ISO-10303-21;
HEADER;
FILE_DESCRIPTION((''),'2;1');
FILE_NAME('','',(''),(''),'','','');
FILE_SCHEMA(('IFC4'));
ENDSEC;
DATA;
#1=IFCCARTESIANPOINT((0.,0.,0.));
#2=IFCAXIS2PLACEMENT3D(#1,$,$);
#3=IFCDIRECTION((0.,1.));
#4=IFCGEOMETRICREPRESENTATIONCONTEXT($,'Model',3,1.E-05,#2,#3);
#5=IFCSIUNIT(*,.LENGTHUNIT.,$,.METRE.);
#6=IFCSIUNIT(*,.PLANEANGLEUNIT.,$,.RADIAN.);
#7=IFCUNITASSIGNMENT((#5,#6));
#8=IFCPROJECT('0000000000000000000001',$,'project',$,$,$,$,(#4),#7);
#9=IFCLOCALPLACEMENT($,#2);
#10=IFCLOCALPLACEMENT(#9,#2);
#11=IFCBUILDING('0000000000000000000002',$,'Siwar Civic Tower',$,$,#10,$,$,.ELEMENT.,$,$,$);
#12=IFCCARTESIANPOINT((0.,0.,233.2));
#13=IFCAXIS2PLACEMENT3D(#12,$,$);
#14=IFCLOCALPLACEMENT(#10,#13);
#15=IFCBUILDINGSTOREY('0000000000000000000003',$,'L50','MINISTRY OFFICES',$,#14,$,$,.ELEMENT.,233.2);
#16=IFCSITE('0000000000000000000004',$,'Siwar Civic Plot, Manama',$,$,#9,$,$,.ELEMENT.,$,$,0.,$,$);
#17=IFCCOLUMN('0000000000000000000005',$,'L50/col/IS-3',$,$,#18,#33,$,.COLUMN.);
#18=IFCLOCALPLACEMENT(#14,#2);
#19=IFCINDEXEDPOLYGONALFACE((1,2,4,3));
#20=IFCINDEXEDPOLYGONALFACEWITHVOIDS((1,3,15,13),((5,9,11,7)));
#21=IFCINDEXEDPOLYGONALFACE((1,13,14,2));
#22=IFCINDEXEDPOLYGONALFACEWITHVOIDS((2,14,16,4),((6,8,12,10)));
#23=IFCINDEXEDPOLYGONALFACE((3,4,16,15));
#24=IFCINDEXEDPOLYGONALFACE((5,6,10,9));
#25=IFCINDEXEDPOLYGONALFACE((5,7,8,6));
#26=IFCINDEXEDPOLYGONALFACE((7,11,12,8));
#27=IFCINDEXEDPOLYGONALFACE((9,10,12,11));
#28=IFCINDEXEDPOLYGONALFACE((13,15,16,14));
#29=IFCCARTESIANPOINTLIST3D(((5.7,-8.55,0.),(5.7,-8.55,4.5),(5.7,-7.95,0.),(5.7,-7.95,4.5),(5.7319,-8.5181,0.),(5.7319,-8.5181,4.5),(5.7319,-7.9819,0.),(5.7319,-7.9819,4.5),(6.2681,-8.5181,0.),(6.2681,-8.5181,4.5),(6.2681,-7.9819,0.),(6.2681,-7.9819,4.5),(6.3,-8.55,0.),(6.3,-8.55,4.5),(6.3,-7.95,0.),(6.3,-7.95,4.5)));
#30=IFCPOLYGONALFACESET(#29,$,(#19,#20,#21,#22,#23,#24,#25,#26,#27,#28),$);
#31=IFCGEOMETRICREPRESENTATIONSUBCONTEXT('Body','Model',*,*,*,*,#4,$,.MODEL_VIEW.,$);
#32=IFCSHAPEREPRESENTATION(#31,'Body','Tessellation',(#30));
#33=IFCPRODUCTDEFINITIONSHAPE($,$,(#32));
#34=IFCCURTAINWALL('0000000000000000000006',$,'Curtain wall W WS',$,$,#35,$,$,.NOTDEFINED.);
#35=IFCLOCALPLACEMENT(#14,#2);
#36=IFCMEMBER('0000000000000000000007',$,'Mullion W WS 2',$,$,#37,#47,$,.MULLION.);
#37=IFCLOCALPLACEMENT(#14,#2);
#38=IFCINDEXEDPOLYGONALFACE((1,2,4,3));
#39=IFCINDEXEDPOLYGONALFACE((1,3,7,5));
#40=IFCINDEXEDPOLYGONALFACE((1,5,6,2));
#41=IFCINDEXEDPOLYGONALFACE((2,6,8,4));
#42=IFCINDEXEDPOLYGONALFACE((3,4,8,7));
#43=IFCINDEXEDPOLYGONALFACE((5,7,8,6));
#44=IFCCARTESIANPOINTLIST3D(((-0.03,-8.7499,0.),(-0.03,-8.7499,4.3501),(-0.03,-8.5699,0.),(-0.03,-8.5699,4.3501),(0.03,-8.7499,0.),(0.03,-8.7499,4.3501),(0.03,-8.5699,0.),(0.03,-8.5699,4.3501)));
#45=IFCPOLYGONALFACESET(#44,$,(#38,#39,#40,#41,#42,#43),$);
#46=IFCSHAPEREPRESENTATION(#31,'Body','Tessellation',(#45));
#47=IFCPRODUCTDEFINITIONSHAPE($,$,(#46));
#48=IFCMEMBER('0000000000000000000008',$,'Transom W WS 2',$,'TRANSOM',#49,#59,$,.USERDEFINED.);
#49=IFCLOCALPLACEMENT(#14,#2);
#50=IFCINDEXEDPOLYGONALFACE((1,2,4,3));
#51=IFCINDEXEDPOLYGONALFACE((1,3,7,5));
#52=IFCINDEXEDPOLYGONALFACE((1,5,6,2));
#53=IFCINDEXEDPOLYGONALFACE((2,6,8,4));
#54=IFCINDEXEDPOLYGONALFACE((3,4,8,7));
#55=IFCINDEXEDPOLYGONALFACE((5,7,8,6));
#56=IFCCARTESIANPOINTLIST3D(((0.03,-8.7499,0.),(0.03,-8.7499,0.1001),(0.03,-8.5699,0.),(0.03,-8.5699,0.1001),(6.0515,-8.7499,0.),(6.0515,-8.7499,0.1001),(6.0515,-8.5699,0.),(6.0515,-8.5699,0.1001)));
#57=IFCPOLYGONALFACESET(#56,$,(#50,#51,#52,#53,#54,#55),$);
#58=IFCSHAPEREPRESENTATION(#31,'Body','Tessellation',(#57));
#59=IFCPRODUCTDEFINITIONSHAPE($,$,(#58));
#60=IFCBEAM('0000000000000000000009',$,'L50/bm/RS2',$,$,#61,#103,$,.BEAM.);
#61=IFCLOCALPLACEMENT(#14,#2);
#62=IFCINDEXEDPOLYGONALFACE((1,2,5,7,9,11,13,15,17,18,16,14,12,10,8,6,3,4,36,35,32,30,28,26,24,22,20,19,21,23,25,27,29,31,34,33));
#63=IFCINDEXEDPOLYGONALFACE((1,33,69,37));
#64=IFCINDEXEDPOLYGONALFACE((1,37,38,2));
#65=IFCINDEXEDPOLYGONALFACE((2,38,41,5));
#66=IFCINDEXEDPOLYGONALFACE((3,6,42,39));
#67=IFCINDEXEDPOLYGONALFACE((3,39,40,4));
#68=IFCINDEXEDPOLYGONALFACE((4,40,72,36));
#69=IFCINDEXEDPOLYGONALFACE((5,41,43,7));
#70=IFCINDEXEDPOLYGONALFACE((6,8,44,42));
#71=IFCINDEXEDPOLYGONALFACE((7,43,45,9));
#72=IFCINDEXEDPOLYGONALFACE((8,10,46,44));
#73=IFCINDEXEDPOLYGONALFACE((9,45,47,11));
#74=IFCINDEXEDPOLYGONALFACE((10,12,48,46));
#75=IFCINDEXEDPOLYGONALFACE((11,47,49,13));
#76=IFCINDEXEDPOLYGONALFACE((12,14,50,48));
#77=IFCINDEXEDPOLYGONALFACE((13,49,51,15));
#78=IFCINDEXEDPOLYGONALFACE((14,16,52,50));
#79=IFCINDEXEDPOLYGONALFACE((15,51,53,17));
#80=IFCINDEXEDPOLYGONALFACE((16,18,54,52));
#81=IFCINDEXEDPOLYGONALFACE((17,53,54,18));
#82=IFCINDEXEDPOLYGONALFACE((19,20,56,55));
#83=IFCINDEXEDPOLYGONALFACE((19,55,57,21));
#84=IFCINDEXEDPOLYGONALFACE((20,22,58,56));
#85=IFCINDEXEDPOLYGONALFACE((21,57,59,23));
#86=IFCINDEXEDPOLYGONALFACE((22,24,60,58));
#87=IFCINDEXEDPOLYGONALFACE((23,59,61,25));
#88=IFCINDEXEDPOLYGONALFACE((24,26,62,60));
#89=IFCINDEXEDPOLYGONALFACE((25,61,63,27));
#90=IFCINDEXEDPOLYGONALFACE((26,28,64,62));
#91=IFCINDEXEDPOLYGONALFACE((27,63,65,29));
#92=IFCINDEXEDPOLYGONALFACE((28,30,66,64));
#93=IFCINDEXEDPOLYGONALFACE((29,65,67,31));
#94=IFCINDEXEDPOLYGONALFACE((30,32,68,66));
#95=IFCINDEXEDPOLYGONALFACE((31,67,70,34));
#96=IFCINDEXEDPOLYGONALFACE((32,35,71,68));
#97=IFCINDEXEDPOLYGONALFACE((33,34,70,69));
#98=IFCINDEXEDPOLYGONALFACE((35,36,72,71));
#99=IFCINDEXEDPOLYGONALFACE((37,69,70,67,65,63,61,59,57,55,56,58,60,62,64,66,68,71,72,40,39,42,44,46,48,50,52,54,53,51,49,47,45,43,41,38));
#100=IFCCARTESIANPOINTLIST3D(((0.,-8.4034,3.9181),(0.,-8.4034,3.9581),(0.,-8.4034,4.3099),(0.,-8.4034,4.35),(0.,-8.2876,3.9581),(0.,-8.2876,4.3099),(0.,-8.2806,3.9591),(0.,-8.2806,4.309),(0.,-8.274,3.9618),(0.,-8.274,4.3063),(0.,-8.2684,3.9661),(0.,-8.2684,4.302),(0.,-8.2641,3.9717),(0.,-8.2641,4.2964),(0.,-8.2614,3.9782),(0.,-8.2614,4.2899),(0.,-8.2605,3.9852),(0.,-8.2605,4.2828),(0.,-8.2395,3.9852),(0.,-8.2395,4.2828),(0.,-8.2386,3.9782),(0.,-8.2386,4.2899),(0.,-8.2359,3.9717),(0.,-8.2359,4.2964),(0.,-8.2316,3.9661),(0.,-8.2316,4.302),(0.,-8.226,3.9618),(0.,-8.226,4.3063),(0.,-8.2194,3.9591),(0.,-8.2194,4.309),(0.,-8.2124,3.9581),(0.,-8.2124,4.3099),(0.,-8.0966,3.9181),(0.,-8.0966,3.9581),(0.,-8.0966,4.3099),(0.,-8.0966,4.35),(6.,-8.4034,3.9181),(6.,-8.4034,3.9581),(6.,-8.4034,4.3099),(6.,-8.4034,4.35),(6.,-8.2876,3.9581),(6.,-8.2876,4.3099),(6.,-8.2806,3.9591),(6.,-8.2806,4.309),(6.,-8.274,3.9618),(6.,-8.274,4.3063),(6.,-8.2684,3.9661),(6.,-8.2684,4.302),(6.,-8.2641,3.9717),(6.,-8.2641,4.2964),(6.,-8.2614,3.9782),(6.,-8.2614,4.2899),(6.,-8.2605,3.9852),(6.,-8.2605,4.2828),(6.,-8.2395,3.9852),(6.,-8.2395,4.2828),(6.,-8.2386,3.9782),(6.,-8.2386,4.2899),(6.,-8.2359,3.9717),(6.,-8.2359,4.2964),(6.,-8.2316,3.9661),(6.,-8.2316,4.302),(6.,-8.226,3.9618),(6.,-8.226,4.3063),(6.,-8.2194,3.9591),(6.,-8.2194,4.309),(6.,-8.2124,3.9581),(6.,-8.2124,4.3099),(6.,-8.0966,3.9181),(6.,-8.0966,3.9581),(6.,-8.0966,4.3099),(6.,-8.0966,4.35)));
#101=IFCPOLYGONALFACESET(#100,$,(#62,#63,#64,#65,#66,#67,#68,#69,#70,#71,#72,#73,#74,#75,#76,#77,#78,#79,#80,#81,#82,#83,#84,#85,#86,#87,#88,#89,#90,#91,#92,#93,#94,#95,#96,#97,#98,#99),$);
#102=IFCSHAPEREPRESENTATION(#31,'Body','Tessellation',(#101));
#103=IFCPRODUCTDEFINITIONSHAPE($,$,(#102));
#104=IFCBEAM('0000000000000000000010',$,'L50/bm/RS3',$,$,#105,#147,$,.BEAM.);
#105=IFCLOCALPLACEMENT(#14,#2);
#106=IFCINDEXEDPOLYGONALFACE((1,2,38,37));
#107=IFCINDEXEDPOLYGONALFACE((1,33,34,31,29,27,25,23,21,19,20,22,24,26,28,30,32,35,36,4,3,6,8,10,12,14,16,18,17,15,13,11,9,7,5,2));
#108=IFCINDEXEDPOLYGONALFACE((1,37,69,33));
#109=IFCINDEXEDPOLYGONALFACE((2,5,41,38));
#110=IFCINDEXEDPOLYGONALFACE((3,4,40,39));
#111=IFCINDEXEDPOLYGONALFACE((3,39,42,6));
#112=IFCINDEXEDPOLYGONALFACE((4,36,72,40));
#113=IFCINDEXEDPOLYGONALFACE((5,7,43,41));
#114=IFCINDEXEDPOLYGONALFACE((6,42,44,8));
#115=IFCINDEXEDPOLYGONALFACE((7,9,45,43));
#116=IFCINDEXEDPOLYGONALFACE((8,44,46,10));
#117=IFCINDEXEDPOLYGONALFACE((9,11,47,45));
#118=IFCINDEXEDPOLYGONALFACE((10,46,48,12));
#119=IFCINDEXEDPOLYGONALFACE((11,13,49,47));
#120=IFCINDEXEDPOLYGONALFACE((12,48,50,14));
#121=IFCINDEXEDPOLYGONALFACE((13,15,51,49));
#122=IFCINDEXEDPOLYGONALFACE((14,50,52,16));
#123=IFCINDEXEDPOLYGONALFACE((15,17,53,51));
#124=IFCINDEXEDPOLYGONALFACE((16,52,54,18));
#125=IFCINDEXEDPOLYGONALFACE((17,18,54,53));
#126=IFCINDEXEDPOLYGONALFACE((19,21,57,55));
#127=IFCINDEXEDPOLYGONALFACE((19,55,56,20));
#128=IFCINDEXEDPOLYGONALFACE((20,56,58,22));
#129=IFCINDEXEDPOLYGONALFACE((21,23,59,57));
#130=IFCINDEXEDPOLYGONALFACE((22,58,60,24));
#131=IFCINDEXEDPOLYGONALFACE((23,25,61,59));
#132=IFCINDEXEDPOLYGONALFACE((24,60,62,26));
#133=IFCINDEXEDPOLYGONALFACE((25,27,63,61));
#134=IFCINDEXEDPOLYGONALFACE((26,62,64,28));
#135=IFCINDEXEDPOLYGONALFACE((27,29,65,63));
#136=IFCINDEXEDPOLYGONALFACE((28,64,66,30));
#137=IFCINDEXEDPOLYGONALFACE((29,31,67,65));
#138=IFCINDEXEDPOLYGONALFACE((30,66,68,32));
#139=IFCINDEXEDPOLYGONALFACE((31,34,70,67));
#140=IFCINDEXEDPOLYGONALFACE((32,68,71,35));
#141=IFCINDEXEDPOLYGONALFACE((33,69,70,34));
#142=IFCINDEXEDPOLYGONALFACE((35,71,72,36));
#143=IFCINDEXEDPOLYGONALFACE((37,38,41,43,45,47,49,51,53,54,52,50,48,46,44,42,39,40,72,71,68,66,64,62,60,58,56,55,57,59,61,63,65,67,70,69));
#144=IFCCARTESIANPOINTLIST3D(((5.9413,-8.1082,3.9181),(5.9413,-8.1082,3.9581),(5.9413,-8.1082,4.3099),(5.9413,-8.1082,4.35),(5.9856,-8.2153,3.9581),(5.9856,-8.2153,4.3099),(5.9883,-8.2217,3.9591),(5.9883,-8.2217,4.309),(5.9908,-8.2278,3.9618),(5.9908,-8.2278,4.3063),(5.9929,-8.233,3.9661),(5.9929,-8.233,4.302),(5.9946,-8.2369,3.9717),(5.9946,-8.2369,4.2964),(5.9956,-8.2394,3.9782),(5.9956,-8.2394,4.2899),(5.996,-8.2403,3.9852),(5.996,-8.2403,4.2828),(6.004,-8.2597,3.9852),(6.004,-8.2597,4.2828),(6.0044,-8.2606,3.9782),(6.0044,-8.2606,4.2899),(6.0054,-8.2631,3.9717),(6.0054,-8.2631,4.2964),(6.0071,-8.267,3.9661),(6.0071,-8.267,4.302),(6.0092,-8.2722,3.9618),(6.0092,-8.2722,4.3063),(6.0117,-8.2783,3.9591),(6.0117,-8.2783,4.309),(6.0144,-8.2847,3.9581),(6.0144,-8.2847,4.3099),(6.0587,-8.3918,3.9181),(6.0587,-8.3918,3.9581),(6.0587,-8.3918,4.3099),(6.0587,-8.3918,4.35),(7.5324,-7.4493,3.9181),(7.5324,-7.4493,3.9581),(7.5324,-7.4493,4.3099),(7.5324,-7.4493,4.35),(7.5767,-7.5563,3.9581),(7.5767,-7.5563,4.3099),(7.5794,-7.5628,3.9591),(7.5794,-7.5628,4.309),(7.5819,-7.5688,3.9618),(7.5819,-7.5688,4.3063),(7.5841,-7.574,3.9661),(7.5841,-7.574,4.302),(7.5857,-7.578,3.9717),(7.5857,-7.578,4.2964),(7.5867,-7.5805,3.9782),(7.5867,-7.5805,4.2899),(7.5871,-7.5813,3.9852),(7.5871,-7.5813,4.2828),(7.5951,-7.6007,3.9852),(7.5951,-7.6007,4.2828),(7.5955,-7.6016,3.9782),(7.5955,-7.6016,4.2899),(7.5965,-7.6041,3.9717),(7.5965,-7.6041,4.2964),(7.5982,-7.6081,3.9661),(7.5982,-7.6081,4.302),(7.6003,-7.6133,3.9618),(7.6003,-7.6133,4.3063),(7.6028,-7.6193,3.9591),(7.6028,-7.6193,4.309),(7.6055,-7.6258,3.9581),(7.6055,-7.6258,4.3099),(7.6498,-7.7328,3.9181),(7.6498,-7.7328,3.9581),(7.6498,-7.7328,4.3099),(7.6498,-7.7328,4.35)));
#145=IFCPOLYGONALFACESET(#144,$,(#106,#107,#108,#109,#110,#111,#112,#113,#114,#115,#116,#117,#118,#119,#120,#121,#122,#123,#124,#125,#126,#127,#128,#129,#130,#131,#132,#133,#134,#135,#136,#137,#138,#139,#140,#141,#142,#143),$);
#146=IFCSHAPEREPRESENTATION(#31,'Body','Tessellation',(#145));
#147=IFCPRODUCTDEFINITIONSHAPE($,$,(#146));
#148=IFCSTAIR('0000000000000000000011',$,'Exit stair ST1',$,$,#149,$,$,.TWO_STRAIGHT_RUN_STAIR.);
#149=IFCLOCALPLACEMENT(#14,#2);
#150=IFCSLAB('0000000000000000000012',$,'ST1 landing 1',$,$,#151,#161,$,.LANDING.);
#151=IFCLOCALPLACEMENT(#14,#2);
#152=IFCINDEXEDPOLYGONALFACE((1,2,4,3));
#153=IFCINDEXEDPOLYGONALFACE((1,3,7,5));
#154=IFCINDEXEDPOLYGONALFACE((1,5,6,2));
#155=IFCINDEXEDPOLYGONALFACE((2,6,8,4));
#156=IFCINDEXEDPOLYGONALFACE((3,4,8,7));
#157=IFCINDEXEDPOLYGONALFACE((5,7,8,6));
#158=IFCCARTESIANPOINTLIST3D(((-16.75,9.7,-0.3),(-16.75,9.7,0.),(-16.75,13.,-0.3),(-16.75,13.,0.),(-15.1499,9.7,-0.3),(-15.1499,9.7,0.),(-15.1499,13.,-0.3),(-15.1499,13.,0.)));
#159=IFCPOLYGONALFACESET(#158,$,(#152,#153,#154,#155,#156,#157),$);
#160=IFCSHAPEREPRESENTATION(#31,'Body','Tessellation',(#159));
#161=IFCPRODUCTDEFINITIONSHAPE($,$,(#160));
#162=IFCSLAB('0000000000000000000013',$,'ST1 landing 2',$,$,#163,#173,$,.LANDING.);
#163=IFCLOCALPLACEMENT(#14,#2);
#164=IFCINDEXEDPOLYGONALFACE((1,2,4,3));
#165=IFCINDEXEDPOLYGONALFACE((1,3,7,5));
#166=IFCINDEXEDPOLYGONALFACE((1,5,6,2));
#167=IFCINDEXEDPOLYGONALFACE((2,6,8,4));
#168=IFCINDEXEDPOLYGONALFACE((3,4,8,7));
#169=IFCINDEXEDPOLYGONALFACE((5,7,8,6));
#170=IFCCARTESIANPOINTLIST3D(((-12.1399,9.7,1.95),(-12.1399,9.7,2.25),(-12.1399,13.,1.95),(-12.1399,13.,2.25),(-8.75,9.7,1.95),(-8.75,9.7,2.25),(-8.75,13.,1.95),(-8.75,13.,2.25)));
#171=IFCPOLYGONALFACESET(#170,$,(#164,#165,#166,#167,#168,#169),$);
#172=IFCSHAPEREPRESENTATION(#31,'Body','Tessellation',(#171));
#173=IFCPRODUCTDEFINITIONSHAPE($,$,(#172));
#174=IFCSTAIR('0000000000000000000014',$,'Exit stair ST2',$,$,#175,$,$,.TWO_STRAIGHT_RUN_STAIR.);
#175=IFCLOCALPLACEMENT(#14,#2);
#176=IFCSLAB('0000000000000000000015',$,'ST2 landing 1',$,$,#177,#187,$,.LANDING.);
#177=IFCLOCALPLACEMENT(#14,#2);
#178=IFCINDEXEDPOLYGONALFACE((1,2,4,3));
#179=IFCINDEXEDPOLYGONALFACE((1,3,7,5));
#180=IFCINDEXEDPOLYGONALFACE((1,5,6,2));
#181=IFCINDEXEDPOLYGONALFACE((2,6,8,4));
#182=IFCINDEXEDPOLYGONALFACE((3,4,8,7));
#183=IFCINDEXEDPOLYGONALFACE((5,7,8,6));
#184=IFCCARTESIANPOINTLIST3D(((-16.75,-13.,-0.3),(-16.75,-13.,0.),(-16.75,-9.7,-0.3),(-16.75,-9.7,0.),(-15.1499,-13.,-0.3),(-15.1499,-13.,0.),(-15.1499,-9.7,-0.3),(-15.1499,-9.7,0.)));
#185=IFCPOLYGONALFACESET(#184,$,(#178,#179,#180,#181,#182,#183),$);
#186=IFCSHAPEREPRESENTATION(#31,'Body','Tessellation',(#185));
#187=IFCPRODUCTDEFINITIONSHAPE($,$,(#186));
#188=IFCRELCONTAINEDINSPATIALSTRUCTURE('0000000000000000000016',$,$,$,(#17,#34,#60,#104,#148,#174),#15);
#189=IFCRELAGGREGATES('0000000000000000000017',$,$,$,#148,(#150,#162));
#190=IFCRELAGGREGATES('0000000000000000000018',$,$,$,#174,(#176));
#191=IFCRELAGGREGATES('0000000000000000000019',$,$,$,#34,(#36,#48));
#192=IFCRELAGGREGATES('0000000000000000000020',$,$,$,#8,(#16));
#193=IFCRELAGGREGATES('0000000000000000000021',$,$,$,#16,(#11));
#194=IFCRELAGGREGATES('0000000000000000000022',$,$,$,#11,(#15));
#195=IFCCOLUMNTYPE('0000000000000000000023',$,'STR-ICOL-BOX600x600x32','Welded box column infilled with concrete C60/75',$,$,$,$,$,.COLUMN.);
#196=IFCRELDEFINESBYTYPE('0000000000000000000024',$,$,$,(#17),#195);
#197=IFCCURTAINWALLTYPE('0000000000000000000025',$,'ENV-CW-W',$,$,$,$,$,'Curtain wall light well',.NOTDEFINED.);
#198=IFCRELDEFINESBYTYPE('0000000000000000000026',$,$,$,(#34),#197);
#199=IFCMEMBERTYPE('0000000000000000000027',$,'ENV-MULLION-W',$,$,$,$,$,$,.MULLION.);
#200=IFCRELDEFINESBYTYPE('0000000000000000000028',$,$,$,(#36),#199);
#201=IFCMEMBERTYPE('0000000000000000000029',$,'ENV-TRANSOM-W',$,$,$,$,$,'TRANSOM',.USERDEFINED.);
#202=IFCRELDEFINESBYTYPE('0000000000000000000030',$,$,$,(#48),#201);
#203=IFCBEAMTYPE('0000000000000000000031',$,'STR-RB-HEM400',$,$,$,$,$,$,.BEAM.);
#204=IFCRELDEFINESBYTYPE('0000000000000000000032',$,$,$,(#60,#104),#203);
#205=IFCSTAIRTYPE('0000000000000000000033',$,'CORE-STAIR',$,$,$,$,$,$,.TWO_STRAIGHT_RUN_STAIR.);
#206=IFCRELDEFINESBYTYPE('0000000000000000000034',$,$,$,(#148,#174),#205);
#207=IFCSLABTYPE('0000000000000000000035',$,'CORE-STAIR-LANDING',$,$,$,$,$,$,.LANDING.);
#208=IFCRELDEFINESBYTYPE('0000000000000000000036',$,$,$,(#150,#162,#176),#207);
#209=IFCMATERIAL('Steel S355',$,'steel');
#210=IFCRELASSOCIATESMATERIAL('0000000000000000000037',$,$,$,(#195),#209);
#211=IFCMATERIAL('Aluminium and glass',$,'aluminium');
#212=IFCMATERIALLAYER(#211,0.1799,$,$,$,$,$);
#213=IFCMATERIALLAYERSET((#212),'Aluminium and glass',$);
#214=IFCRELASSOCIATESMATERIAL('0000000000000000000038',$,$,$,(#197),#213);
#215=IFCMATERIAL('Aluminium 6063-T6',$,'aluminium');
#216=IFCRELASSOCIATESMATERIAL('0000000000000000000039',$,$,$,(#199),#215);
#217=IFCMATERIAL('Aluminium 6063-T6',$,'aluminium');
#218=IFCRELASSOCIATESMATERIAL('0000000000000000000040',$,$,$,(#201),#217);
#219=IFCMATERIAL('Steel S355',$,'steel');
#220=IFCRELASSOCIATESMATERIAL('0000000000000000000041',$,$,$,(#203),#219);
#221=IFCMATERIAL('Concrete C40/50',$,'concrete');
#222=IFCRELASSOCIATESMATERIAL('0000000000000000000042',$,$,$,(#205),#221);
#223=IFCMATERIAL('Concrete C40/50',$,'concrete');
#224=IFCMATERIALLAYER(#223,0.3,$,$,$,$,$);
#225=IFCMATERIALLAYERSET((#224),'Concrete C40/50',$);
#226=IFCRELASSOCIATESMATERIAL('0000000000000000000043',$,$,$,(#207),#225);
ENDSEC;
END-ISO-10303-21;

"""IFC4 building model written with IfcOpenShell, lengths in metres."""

from ifc_helpers import new_model, si_unit, direction, frame, origin, origin_2d, place, context, subcontext, project, spatial, polyline, rectangle, hollow_rectangle, i_section, outline, extrude, material, layer, layer_set, material_profile, profile_set, type_object, element, aggregate, save


model = new_model("IFC4")

# Units and contexts
model_context = context("Model", 3, precision=1e-05, world=origin(), true_north=direction((0.0, 1.0)))
body_context = subcontext(model_context, "Body", "Model", "MODEL_VIEW")
ifc_project = project(units=[si_unit("LENGTHUNIT", "METRE"), si_unit("PLANEANGLEUNIT", "RADIAN")], contexts=[model_context])

# Site, building, storey
site_placement = place(None, origin())
site = spatial("IfcSite", under=ifc_project, at=site_placement, Name="Siwar Civic Plot, Manama", CompositionType="ELEMENT", RefElevation=0.0)
building_placement = place(site_placement, origin())
building = spatial("IfcBuilding", under=site, at=building_placement, Name="Siwar Civic Tower", CompositionType="ELEMENT")
storey_placement = place(building_placement, frame((0.0, 0.0, 233.2)))
storey = spatial("IfcBuildingStorey", under=building, at=storey_placement, Name="L50", Description="MINISTRY OFFICES", CompositionType="ELEMENT", Elevation=233.2)

# Column
ifc_material_1 = material(Name="Steel S355", Category="steel")
ifc_material_profile_1 = material_profile(ifc_material_1, hollow_rectangle(XDim=0.6001, YDim=0.6001, WallThickness=0.032, at=origin_2d()), Name="BOX600x600x32")
ifc_profile_set_1 = profile_set([ifc_material_profile_1], Name="Steel S355")
column_type = type_object("IfcColumnType", Name="STR-ICOL-BOX600x600x32", Description="Welded box column infilled with concrete C60/75", PredefinedType="COLUMN", material=ifc_profile_set_1)
column_placement = place(storey_placement, frame((6.0, -8.25, 0.0), z_axis=(0.0, 0.0, 1.0), x_axis=(1.0, 0.0, 0.0)))
element("IfcColumn", 1, at=column_placement, inside=storey, type_object=column_type, Name="L50/col/IS-3", PredefinedType="COLUMN", context=body_context, shape_type="SweptSolid", body=[
    extrude(hollow_rectangle(XDim=0.6001, YDim=0.6001, WallThickness=0.032, at=origin_2d()), origin(), (0.0, 0.0, 1.0), 4.5),
])

# Curtain wall, members
ifc_material_2 = material(Name="Aluminium and glass", Category="aluminium")
ifc_layer_1 = layer(ifc_material_2, 0.1799)
ifc_layer_set_1 = layer_set([ifc_layer_1], Name="Aluminium and glass")
curtain_wall_type = type_object("IfcCurtainWallType", Name="ENV-CW-W", ElementType="Curtain wall light well", PredefinedType="NOTDEFINED", material=ifc_layer_set_1)
curtain_wall_placement = place(storey_placement, origin())
curtain_wall = element("IfcCurtainWall", 2, at=curtain_wall_placement, inside=storey, type_object=curtain_wall_type, Name="Curtain wall W WS", PredefinedType="NOTDEFINED")
ifc_material_3 = material(Name="Aluminium 6063-T6", Category="aluminium")
ifc_material_profile_2 = material_profile(ifc_material_3, rectangle(XDim=0.1799, YDim=0.0601, at=origin_2d()), Name="AL 180x60")
ifc_profile_set_2 = profile_set([ifc_material_profile_2], Name="Aluminium 6063-T6")
member_type_1 = type_object("IfcMemberType", Name="ENV-MULLION-W", PredefinedType="MULLION", material=ifc_profile_set_2)
member_1_placement = place(storey_placement, frame((0.0, -8.6599, 0.0), z_axis=(0.0, 0.0, 1.0), x_axis=(0.0, 1.0, 0.0)))
member_1 = element("IfcMember", 3, at=member_1_placement, type_object=member_type_1, Name="Mullion W WS 2", PredefinedType="MULLION", context=body_context, shape_type="SweptSolid", body=[
    extrude(rectangle(XDim=0.1799, YDim=0.0601, at=origin_2d()), origin(), (0.0, 0.0, 1.0), 4.3501),
])
ifc_material_4 = material(Name="Aluminium 6063-T6", Category="aluminium")
ifc_material_profile_3 = material_profile(ifc_material_4, rectangle(XDim=0.1799, YDim=0.1001, at=origin_2d()), Name="AL 180x100")
ifc_profile_set_3 = profile_set([ifc_material_profile_3], Name="Aluminium 6063-T6")
member_type_2 = type_object("IfcMemberType", Name="ENV-TRANSOM-W", ElementType="TRANSOM", PredefinedType="USERDEFINED", material=ifc_profile_set_3)
member_2_placement = place(storey_placement, frame((0.03, -8.6599, 0.05), z_axis=(1.0, 0.0, 0.0), x_axis=(0.0, 1.0, 0.0)))
member_2 = element("IfcMember", 4, at=member_2_placement, type_object=member_type_2, Name="Transom W WS 2", ObjectType="TRANSOM", PredefinedType="USERDEFINED", context=body_context, shape_type="SweptSolid", body=[
    extrude(rectangle(XDim=0.1799, YDim=0.1001, at=origin_2d()), origin(), (0.0, 0.0, 1.0), 6.0215),
])

# Beams
ifc_material_5 = material(Name="Steel S355", Category="steel")
ifc_material_profile_4 = material_profile(ifc_material_5, i_section(OverallWidth=0.3069, OverallDepth=0.4319, WebThickness=0.021, FlangeThickness=0.04, FilletRadius=0.0271, at=origin_2d()), Name="HEM400")
ifc_profile_set_4 = profile_set([ifc_material_profile_4], Name="Steel S355")
beam_type = type_object("IfcBeamType", Name="STR-RB-HEM400", PredefinedType="BEAM", material=ifc_profile_set_4)
beam_1_placement = place(storey_placement, frame((0.0, -8.25, 4.134), z_axis=(1.0, 0.0, 0.0), x_axis=(0.0, 1.0, 0.0)))
element("IfcBeam", 5, at=beam_1_placement, inside=storey, type_object=beam_type, Name="L50/bm/RS2", PredefinedType="BEAM", context=body_context, shape_type="SweptSolid", body=[
    extrude(i_section(OverallWidth=0.3069, OverallDepth=0.4319, WebThickness=0.021, FlangeThickness=0.04, FilletRadius=0.0271, at=origin_2d()), origin(), (0.0, 0.0, 1.0), 6.0),
])
beam_2_placement = place(storey_placement, frame((6.0, -8.25, 4.134), z_axis=(0.923901, 0.382631, 0.0), x_axis=(-0.382631, 0.923901, 0.0)))
element("IfcBeam", 6, at=beam_2_placement, inside=storey, type_object=beam_type, Name="L50/bm/RS3", PredefinedType="BEAM", context=body_context, shape_type="SweptSolid", body=[
    extrude(i_section(OverallWidth=0.3069, OverallDepth=0.4319, WebThickness=0.021, FlangeThickness=0.04, FilletRadius=0.0271, at=origin_2d()), origin(), (0.0, 0.0, 1.0), 1.7222),
])

# Stairs, slabs
ifc_material_6 = material(Name="Concrete C40/50", Category="concrete")
stair_type = type_object("IfcStairType", Name="CORE-STAIR", PredefinedType="TWO_STRAIGHT_RUN_STAIR", material=ifc_material_6)
stair_1_placement = place(storey_placement, origin())
stair_1 = element("IfcStair", 7, at=stair_1_placement, inside=storey, type_object=stair_type, Name="Exit stair ST1", PredefinedType="TWO_STRAIGHT_RUN_STAIR")
ifc_material_7 = material(Name="Concrete C40/50", Category="concrete")
ifc_layer_2 = layer(ifc_material_7, 0.3)
ifc_layer_set_2 = layer_set([ifc_layer_2], Name="Concrete C40/50")
slab_type = type_object("IfcSlabType", Name="CORE-STAIR-LANDING", PredefinedType="LANDING", material=ifc_layer_set_2)
slab_1_placement = place(storey_placement, frame((0.0, 0.0, -0.3)))
slab_1 = element("IfcSlab", 8, at=slab_1_placement, type_object=slab_type, Name="ST1 landing 1", PredefinedType="LANDING", context=body_context, shape_type="SweptSolid", body=[
    extrude(outline(polyline([(-15.1499, 13.0), (-16.75, 13.0), (-16.75, 9.7), (-15.1499, 9.7), (-15.1499, 13.0)])), origin(), (0.0, 0.0, 1.0), 0.3),
])
slab_2_placement = place(storey_placement, frame((0.0, 0.0, 1.95)))
slab_2 = element("IfcSlab", 9, at=slab_2_placement, type_object=slab_type, Name="ST1 landing 2", PredefinedType="LANDING", context=body_context, shape_type="SweptSolid", body=[
    extrude(outline(polyline([(-8.75, 13.0), (-12.1399, 13.0), (-12.1399, 9.7), (-8.75, 9.7), (-8.75, 13.0)])), origin(), (0.0, 0.0, 1.0), 0.3),
])
aggregate(stair_1, [slab_1, slab_2])
stair_2_placement = place(storey_placement, origin())
stair_2 = element("IfcStair", 10, at=stair_2_placement, inside=storey, type_object=stair_type, Name="Exit stair ST2", PredefinedType="TWO_STRAIGHT_RUN_STAIR")
slab_3_placement = place(storey_placement, frame((0.0, 0.0, -0.3)))
slab_3 = element("IfcSlab", 11, at=slab_3_placement, type_object=slab_type, Name="ST2 landing 1", PredefinedType="LANDING", context=body_context, shape_type="SweptSolid", body=[
    extrude(outline(polyline([(-15.1499, -9.7), (-16.75, -9.7), (-16.75, -13.0), (-15.1499, -13.0), (-15.1499, -9.7)])), origin(), (0.0, 0.0, 1.0), 0.3),
])
aggregate(stair_2, [slab_3])

aggregate(curtain_wall, [member_1, member_2])

save(model, "model.ifc")
